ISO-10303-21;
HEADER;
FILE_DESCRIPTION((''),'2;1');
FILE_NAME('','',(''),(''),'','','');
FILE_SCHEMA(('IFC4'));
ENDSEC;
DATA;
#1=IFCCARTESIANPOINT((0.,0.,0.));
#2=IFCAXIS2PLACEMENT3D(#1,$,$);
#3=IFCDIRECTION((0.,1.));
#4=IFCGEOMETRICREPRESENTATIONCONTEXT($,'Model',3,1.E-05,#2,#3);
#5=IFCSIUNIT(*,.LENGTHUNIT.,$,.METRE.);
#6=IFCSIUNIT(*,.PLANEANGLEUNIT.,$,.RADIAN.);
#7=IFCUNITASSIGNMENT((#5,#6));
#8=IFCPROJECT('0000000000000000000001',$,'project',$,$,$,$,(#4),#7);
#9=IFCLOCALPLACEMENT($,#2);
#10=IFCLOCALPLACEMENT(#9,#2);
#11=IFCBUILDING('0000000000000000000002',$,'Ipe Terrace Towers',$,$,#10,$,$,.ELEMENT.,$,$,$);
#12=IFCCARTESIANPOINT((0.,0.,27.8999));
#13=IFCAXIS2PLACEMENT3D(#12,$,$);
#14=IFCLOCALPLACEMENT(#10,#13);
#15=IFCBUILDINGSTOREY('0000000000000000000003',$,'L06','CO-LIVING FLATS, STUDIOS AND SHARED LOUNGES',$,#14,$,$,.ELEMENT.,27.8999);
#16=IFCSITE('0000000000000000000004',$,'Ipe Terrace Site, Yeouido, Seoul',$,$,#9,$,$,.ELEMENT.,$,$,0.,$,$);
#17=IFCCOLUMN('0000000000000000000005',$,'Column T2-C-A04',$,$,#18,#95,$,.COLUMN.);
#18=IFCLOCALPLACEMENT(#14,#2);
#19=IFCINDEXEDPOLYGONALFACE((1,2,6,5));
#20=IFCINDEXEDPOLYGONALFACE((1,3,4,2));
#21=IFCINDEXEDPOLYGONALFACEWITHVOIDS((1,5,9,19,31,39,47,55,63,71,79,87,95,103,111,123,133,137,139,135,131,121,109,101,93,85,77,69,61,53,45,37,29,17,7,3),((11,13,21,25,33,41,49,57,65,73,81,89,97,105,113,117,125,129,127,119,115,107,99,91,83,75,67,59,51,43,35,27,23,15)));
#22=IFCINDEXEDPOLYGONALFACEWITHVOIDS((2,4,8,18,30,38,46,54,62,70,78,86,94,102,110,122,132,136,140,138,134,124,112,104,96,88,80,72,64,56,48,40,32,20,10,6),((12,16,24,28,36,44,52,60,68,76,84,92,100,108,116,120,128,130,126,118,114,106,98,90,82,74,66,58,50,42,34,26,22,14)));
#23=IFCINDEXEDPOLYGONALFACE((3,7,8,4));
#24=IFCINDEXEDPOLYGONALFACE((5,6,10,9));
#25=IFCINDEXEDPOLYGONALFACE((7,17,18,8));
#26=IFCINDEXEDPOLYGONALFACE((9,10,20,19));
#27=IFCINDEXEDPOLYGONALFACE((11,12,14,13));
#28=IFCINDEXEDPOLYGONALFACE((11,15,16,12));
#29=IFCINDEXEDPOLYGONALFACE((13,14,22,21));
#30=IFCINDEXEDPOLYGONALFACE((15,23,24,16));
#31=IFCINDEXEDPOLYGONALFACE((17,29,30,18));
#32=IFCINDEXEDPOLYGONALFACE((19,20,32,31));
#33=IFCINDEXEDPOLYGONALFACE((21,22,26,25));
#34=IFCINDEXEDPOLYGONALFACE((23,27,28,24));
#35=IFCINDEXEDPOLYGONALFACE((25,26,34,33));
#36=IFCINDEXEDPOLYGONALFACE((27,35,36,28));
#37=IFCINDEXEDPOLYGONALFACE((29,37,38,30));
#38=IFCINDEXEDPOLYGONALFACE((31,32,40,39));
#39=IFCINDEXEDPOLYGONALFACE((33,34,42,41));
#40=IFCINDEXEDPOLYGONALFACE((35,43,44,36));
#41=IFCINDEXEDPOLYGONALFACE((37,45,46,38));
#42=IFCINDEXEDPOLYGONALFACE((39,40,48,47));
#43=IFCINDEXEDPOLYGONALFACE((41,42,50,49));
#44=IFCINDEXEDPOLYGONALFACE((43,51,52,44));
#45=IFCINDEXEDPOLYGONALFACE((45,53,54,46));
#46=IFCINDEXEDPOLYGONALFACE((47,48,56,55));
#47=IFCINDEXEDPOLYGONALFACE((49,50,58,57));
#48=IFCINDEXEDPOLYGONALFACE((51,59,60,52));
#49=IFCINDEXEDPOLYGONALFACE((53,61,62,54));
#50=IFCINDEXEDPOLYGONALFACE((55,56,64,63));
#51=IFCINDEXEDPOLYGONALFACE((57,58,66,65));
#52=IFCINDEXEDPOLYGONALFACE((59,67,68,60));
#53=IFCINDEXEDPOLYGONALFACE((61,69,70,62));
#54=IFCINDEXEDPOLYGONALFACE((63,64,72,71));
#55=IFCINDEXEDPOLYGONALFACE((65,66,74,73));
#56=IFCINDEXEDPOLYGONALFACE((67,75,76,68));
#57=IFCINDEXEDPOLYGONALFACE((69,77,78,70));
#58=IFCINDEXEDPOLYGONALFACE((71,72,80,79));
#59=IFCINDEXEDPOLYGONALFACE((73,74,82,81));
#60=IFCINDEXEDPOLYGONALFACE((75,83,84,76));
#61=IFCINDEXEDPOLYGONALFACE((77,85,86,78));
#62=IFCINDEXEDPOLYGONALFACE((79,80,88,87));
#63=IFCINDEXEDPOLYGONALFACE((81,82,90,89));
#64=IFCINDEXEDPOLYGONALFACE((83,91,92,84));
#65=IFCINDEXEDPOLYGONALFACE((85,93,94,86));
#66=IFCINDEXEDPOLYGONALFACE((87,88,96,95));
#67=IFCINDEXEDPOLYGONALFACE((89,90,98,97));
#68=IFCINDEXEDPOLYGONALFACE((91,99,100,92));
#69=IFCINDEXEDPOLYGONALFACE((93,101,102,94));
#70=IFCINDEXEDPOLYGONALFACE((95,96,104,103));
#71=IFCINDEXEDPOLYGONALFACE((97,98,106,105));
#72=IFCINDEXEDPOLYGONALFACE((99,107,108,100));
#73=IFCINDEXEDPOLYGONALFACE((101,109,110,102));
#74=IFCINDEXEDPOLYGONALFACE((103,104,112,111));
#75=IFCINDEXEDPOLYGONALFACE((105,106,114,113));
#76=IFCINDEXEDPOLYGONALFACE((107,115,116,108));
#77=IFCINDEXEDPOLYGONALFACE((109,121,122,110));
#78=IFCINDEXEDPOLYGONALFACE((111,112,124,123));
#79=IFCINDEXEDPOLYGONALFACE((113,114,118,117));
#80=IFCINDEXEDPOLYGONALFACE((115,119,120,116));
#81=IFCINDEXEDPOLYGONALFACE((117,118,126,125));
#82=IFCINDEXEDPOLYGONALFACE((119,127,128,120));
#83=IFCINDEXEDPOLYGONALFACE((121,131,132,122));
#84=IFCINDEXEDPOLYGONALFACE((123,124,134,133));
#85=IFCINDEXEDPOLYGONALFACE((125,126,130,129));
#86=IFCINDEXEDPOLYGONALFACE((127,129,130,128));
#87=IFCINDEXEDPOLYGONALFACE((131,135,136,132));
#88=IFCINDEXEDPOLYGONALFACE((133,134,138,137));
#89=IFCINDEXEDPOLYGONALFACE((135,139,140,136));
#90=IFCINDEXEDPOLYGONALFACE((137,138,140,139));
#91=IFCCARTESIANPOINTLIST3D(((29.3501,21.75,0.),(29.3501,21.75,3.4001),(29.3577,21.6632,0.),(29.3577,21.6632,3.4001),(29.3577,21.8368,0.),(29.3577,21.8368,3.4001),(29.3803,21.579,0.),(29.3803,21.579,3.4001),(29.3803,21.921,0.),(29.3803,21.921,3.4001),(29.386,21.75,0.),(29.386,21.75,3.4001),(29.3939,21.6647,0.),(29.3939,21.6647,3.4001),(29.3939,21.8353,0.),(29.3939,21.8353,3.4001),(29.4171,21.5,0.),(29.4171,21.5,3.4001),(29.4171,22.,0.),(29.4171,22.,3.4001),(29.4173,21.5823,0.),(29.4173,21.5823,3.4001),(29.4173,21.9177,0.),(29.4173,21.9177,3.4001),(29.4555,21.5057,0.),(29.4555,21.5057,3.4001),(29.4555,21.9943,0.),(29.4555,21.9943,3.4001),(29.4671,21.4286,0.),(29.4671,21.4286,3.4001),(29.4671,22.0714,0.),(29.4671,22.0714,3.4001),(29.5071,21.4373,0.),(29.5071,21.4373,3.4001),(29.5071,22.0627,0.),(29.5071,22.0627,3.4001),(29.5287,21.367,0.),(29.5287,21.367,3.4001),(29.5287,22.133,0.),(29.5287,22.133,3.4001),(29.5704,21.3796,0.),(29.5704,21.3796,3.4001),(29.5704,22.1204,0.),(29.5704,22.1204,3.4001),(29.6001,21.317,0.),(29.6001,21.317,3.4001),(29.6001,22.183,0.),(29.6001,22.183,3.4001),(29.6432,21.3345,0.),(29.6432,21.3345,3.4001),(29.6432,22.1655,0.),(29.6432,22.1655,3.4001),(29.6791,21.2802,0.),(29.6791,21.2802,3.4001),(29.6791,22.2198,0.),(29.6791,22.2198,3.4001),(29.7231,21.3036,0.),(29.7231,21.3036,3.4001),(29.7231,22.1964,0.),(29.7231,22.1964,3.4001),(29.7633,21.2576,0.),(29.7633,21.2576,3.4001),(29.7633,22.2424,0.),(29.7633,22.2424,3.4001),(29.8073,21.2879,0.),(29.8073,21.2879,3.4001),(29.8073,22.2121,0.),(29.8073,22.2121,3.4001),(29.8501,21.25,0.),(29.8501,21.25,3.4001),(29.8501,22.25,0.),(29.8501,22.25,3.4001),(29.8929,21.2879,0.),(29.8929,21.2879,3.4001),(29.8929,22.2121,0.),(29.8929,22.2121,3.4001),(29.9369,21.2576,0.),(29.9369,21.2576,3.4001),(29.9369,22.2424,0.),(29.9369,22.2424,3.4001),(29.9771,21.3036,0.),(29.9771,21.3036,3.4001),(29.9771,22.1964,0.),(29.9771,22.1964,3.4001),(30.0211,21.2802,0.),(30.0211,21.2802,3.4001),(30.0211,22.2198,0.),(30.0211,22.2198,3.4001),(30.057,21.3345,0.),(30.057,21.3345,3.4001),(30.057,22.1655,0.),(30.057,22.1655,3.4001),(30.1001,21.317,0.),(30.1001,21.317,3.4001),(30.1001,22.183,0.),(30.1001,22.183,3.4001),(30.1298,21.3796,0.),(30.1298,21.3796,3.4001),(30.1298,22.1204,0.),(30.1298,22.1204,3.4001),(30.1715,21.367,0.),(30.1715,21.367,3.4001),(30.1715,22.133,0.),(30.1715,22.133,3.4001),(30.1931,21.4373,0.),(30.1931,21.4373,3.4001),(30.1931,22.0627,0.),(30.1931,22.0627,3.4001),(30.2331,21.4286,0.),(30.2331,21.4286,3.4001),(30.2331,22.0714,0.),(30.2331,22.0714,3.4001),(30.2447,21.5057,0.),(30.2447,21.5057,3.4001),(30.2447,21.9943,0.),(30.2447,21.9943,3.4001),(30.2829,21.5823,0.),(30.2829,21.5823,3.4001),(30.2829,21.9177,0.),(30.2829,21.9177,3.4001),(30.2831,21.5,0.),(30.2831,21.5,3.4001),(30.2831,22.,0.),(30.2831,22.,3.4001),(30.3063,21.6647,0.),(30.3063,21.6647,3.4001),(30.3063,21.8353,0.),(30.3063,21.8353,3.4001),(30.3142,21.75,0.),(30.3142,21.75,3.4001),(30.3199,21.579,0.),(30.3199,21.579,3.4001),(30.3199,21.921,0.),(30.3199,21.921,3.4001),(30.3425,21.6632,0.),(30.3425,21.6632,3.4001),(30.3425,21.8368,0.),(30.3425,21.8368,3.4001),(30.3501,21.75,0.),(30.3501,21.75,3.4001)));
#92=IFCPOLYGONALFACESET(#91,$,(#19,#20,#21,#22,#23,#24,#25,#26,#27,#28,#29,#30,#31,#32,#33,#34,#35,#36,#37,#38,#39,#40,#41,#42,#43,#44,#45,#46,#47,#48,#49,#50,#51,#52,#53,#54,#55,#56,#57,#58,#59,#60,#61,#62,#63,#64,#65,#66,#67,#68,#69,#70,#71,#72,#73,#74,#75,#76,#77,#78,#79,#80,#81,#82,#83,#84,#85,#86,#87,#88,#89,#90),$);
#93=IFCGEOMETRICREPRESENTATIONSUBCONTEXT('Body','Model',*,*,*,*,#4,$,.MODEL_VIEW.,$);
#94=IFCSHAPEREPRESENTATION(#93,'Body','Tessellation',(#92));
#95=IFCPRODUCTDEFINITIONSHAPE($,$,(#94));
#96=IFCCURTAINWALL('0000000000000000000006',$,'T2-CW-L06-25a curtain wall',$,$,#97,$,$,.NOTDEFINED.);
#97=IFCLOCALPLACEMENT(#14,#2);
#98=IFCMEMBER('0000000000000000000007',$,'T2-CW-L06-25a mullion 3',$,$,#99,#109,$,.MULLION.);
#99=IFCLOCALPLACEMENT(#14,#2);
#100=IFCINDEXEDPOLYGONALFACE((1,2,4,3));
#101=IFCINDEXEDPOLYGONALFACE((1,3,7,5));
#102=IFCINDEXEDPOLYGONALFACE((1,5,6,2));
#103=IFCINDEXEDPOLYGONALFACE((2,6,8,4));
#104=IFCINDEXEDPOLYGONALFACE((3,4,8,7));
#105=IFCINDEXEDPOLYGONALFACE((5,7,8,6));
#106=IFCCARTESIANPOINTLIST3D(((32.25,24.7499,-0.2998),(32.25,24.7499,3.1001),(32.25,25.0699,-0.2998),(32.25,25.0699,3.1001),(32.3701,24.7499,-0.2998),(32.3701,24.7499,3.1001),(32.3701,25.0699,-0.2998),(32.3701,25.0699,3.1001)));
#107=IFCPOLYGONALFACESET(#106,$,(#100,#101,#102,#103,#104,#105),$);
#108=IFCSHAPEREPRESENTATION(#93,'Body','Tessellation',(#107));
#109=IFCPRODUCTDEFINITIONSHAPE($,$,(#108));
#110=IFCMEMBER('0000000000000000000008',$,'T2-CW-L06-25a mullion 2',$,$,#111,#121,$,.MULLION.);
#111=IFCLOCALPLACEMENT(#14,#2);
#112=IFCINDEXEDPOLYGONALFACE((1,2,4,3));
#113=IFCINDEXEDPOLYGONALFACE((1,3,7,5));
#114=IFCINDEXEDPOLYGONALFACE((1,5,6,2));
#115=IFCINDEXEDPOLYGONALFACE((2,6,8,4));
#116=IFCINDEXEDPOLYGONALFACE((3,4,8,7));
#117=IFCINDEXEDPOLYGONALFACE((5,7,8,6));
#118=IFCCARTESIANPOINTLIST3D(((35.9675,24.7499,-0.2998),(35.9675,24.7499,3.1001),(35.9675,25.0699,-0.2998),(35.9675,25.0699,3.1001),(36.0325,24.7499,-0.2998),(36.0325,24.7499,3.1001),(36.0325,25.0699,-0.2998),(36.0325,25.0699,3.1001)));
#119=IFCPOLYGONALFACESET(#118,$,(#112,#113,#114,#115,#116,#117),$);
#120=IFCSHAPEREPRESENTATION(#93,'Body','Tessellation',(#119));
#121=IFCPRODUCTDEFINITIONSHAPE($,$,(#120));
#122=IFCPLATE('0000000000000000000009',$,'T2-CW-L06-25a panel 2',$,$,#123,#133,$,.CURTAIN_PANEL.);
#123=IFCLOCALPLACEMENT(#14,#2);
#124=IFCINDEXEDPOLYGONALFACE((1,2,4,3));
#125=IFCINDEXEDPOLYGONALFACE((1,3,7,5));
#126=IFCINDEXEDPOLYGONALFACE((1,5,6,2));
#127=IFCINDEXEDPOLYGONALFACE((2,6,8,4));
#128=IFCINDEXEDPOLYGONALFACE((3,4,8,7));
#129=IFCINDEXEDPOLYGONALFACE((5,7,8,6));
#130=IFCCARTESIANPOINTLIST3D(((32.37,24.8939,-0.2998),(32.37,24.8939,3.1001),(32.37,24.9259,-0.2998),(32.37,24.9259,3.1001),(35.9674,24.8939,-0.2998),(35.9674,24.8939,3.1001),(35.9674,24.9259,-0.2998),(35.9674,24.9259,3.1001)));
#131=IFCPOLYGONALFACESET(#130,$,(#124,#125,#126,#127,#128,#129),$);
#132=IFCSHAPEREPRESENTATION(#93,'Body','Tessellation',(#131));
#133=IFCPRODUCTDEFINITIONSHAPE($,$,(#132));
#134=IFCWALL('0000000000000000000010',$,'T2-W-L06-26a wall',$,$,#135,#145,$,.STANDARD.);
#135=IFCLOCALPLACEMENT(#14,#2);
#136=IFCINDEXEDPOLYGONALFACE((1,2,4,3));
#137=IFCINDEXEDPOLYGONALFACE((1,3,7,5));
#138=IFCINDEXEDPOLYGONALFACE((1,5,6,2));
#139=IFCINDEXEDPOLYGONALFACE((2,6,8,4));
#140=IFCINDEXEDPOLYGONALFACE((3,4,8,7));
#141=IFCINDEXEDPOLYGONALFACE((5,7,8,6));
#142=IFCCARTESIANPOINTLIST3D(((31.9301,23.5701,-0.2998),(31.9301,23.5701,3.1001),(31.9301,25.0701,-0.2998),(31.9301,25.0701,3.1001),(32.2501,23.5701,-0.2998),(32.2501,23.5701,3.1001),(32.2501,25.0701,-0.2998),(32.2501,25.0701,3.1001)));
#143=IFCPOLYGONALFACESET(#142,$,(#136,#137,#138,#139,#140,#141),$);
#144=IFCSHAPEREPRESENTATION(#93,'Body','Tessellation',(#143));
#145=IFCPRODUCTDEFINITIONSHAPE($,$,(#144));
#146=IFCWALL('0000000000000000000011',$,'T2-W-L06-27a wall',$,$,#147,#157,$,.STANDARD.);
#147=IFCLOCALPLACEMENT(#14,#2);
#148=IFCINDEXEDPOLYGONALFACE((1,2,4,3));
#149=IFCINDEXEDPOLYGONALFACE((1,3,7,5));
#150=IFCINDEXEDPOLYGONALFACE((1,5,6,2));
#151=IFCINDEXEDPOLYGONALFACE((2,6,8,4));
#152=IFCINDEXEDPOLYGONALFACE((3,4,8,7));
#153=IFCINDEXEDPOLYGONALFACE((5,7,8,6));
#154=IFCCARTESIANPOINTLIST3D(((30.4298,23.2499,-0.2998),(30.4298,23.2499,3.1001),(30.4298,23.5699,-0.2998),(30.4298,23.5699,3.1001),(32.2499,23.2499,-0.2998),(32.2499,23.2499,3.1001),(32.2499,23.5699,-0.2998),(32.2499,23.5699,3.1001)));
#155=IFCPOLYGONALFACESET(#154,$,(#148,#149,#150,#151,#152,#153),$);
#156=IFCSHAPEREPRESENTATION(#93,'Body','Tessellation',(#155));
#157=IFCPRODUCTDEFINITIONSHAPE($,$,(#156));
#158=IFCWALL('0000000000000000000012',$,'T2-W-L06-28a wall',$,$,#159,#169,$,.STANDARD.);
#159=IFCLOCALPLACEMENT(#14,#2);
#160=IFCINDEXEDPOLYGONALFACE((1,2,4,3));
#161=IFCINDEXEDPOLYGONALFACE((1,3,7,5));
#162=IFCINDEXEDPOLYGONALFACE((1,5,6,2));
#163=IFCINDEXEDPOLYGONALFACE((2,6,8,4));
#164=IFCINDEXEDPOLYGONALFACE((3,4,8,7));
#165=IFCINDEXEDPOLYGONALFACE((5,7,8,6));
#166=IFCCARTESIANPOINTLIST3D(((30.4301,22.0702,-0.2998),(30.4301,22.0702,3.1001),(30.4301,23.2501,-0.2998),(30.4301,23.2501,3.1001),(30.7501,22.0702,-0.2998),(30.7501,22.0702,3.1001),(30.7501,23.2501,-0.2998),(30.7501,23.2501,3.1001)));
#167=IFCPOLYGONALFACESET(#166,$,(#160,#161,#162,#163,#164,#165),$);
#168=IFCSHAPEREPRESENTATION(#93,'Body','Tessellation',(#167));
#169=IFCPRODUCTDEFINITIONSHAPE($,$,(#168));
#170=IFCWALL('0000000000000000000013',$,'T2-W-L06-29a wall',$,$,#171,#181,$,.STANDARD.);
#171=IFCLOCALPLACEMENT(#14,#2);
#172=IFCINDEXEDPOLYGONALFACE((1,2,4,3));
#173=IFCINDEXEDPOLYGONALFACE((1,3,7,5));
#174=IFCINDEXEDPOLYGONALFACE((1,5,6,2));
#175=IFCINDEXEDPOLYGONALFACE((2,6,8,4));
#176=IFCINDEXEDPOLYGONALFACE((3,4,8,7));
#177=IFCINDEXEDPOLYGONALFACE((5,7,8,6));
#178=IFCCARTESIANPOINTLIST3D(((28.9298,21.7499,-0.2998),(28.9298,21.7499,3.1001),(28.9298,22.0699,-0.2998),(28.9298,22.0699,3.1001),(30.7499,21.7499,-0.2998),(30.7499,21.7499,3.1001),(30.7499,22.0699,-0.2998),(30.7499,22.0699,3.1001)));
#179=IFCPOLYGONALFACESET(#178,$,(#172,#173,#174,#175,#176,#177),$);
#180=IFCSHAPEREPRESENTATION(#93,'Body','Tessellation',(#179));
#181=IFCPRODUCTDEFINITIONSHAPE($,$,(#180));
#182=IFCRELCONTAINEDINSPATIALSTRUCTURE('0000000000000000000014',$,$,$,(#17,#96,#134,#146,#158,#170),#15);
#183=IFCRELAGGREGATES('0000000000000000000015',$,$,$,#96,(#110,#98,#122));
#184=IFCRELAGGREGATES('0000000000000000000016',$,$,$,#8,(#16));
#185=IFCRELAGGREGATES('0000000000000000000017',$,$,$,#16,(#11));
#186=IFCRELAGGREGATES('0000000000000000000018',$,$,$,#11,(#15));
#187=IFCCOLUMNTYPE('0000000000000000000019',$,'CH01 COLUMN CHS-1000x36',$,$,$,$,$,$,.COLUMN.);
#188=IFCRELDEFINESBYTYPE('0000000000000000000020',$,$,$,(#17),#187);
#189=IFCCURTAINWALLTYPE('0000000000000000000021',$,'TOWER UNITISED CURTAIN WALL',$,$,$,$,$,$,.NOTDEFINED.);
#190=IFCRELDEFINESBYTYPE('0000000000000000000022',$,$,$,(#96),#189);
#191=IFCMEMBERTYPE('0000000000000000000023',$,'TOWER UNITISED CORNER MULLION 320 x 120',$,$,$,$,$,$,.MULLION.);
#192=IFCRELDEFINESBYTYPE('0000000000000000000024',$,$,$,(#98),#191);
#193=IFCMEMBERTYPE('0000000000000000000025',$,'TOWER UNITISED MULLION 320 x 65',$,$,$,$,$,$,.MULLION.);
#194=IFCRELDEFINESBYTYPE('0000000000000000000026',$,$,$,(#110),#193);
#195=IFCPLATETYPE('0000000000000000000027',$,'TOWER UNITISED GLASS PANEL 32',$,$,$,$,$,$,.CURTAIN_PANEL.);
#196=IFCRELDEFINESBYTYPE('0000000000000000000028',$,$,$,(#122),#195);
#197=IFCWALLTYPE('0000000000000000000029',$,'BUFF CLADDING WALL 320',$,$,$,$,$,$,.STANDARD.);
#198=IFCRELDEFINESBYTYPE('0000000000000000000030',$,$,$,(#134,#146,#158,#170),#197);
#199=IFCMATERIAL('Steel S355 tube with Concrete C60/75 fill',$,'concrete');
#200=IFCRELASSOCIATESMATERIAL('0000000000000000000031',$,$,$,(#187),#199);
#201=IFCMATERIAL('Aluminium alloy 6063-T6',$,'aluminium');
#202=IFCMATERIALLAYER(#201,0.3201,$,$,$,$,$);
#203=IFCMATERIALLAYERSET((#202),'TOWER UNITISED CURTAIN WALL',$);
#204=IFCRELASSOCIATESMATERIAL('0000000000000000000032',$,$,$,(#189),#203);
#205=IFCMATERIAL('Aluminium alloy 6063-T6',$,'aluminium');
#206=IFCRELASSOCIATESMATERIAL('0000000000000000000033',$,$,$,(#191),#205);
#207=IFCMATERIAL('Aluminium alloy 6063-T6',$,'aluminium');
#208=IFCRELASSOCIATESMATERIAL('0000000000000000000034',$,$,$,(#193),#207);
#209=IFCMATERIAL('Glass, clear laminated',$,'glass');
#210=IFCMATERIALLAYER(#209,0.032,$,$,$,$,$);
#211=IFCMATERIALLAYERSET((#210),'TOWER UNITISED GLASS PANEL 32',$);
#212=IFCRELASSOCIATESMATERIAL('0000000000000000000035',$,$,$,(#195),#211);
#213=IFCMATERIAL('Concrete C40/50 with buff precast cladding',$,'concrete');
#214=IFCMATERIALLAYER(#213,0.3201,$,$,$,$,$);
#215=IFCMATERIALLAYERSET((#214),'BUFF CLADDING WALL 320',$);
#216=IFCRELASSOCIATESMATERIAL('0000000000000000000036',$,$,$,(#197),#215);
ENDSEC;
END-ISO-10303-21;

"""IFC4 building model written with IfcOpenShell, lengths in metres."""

from ifc_helpers import new_model, si_unit, direction, frame, frame_2d, origin, origin_2d, place, context, subcontext, project, spatial, rectangle, hollow_circle, extrude, material, layer, layer_set, material_profile, profile_set, type_object, element, aggregate, save


model = new_model("IFC4")

# Units and contexts
model_context = context("Model", 3, precision=1e-05, world=origin(), true_north=direction((0.0, 1.0)))
body_context = subcontext(model_context, "Body", "Model", "MODEL_VIEW")
ifc_project = project(units=[si_unit("LENGTHUNIT", "METRE"), si_unit("PLANEANGLEUNIT", "RADIAN")], contexts=[model_context])

# Site, building, storey
site_placement = place(None, origin())
site = spatial("IfcSite", under=ifc_project, at=site_placement, Name="Ipe Terrace Site, Yeouido, Seoul", CompositionType="ELEMENT", RefElevation=0.0)
building_placement = place(site_placement, origin())
building = spatial("IfcBuilding", under=site, at=building_placement, Name="Ipe Terrace Towers", CompositionType="ELEMENT")
storey_placement = place(building_placement, frame((0.0, 0.0, 27.8999)))
storey = spatial("IfcBuildingStorey", under=building, at=storey_placement, Name="L06", Description="CO-LIVING FLATS, STUDIOS AND SHARED LOUNGES", CompositionType="ELEMENT", Elevation=27.8999)

# Column
ifc_material_1 = material(Name="Steel S355 tube with Concrete C60/75 fill", Category="concrete")
ifc_material_profile_1 = material_profile(ifc_material_1, hollow_circle(Radius=0.5, WallThickness=0.0359, at=origin_2d()), Name="CHS-1000x36")
ifc_profile_set_1 = profile_set([ifc_material_profile_1], Name="Steel S355 tube with Concrete C60/75 fill")
column_type = type_object("IfcColumnType", Name="CH01 COLUMN CHS-1000x36", PredefinedType="COLUMN", material=ifc_profile_set_1)
column_placement = place(storey_placement, frame((29.8501, 21.75, 0.0), z_axis=(0.0, 0.0, 1.0), x_axis=(1.0, 0.0, 0.0)))
element("IfcColumn", 1, at=column_placement, inside=storey, type_object=column_type, Name="Column T2-C-A04", PredefinedType="COLUMN", context=body_context, shape_type="SweptSolid", body=[
    extrude(hollow_circle(Radius=0.5, WallThickness=0.0359, at=origin_2d()), origin(), (0.0, 0.0, 1.0), 3.4001),
])

# Curtain wall, members, plate
ifc_material_2 = material(Name="Aluminium alloy 6063-T6", Category="aluminium")
ifc_layer_1 = layer(ifc_material_2, 0.3201)
ifc_layer_set_1 = layer_set([ifc_layer_1], Name="TOWER UNITISED CURTAIN WALL")
curtain_wall_type = type_object("IfcCurtainWallType", Name="TOWER UNITISED CURTAIN WALL", PredefinedType="NOTDEFINED", material=ifc_layer_set_1)
curtain_wall_placement = place(storey_placement, origin())
curtain_wall = element("IfcCurtainWall", 2, at=curtain_wall_placement, inside=storey, type_object=curtain_wall_type, Name="T2-CW-L06-25a curtain wall", PredefinedType="NOTDEFINED")
ifc_material_3 = material(Name="Aluminium alloy 6063-T6", Category="aluminium")
ifc_material_profile_2 = material_profile(ifc_material_3, rectangle(XDim=0.3201, YDim=0.1201, at=origin_2d()), Name="TOWER UNITISED CORNER MULLION 320 x 120")
ifc_profile_set_2 = profile_set([ifc_material_profile_2], Name="Aluminium alloy 6063-T6")
member_type_1 = type_object("IfcMemberType", Name="TOWER UNITISED CORNER MULLION 320 x 120", PredefinedType="MULLION", material=ifc_profile_set_2)
member_1_placement = place(storey_placement, frame((32.3101, 24.9099, -0.2998), z_axis=(0.0, 0.0, 1.0), x_axis=(0.0, 1.0, 0.0)))
member_1 = element("IfcMember", 3, at=member_1_placement, type_object=member_type_1, Name="T2-CW-L06-25a mullion 3", PredefinedType="MULLION", context=body_context, shape_type="SweptSolid", body=[
    extrude(rectangle(XDim=0.3201, YDim=0.1201, at=origin_2d()), origin(), (0.0, 0.0, 1.0), 3.3999),
])
ifc_material_4 = material(Name="Aluminium alloy 6063-T6", Category="aluminium")
ifc_material_profile_3 = material_profile(ifc_material_4, rectangle(XDim=0.3201, YDim=0.0649, at=origin_2d()), Name="TOWER UNITISED MULLION 320 x 65")
ifc_profile_set_3 = profile_set([ifc_material_profile_3], Name="Aluminium alloy 6063-T6")
member_type_2 = type_object("IfcMemberType", Name="TOWER UNITISED MULLION 320 x 65", PredefinedType="MULLION", material=ifc_profile_set_3)
member_2_placement = place(storey_placement, frame((36.0, 24.9099, -0.2998), z_axis=(0.0, 0.0, 1.0), x_axis=(0.0, 1.0, 0.0)))
member_2 = element("IfcMember", 4, at=member_2_placement, type_object=member_type_2, Name="T2-CW-L06-25a mullion 2", PredefinedType="MULLION", context=body_context, shape_type="SweptSolid", body=[
    extrude(rectangle(XDim=0.3201, YDim=0.0649, at=origin_2d()), origin(), (0.0, 0.0, 1.0), 3.3999),
])
ifc_material_5 = material(Name="Glass, clear laminated", Category="glass")
ifc_layer_2 = layer(ifc_material_5, 0.032)
ifc_layer_set_2 = layer_set([ifc_layer_2], Name="TOWER UNITISED GLASS PANEL 32")
plate_type = type_object("IfcPlateType", Name="TOWER UNITISED GLASS PANEL 32", PredefinedType="CURTAIN_PANEL", material=ifc_layer_set_2)
plate_placement = place(storey_placement, frame((34.1687, 24.9099, -0.2998), z_axis=(0.0, 0.0, 1.0), x_axis=(-1.0, 0.0, 0.0)))
plate = element("IfcPlate", 5, at=plate_placement, type_object=plate_type, Name="T2-CW-L06-25a panel 2", PredefinedType="CURTAIN_PANEL", context=body_context, shape_type="SweptSolid", body=[
    extrude(rectangle(XDim=3.5974, YDim=0.032, at=origin_2d()), origin(), (0.0, 0.0, 1.0), 3.3999),
])
aggregate(curtain_wall, [member_2, member_1, plate])

# Walls
ifc_material_6 = material(Name="Concrete C40/50 with buff precast cladding", Category="concrete")
ifc_layer_3 = layer(ifc_material_6, 0.3201)
ifc_layer_set_3 = layer_set([ifc_layer_3], Name="BUFF CLADDING WALL 320")
wall_type_1 = type_object("IfcWallType", Name="BUFF CLADDING WALL 320", PredefinedType="STANDARD", material=ifc_layer_set_3)
wall_1_placement = place(storey_placement, frame((32.0901, 25.0701, -0.2998), z_axis=(0.0, 0.0, 1.0), x_axis=(0.0, -1.0, 0.0)))
element("IfcWall", 6, at=wall_1_placement, inside=storey, type_object=wall_type_1, Name="T2-W-L06-26a wall", PredefinedType="STANDARD", context=body_context, shape_type="SweptSolid", body=[
    extrude(rectangle(XDim=1.5, YDim=0.3201, at=frame_2d((0.75, 0.0))), origin(), (0.0, 0.0, 1.0), 3.3999),
])
wall_2_placement = place(storey_placement, frame((32.25, 23.4099, -0.2998), z_axis=(0.0, 0.0, 1.0), x_axis=(-1.0, 0.0, 0.0)))
element("IfcWall", 7, at=wall_2_placement, inside=storey, type_object=wall_type_1, Name="T2-W-L06-27a wall", PredefinedType="STANDARD", context=body_context, shape_type="SweptSolid", body=[
    extrude(rectangle(XDim=1.8201, YDim=0.3201, at=frame_2d((0.9102, 0.0))), origin(), (0.0, 0.0, 1.0), 3.3999),
])
wall_3_placement = place(storey_placement, frame((30.5901, 23.25, -0.2998), z_axis=(0.0, 0.0, 1.0), x_axis=(0.0, -1.0, 0.0)))
element("IfcWall", 8, at=wall_3_placement, inside=storey, type_object=wall_type_1, Name="T2-W-L06-28a wall", PredefinedType="STANDARD", context=body_context, shape_type="SweptSolid", body=[
    extrude(rectangle(XDim=1.1799, YDim=0.3201, at=frame_2d((0.5898, 0.0))), origin(), (0.0, 0.0, 1.0), 3.3999),
])
wall_4_placement = place(storey_placement, frame((30.75, 21.9099, -0.2998), z_axis=(0.0, 0.0, 1.0), x_axis=(-1.0, 0.0, 0.0)))
element("IfcWall", 9, at=wall_4_placement, inside=storey, type_object=wall_type_1, Name="T2-W-L06-29a wall", PredefinedType="STANDARD", context=body_context, shape_type="SweptSolid", body=[
    extrude(rectangle(XDim=1.8201, YDim=0.3201, at=frame_2d((0.9102, 0.0))), origin(), (0.0, 0.0, 1.0), 3.3999),
])

save(model, "model.ifc")
